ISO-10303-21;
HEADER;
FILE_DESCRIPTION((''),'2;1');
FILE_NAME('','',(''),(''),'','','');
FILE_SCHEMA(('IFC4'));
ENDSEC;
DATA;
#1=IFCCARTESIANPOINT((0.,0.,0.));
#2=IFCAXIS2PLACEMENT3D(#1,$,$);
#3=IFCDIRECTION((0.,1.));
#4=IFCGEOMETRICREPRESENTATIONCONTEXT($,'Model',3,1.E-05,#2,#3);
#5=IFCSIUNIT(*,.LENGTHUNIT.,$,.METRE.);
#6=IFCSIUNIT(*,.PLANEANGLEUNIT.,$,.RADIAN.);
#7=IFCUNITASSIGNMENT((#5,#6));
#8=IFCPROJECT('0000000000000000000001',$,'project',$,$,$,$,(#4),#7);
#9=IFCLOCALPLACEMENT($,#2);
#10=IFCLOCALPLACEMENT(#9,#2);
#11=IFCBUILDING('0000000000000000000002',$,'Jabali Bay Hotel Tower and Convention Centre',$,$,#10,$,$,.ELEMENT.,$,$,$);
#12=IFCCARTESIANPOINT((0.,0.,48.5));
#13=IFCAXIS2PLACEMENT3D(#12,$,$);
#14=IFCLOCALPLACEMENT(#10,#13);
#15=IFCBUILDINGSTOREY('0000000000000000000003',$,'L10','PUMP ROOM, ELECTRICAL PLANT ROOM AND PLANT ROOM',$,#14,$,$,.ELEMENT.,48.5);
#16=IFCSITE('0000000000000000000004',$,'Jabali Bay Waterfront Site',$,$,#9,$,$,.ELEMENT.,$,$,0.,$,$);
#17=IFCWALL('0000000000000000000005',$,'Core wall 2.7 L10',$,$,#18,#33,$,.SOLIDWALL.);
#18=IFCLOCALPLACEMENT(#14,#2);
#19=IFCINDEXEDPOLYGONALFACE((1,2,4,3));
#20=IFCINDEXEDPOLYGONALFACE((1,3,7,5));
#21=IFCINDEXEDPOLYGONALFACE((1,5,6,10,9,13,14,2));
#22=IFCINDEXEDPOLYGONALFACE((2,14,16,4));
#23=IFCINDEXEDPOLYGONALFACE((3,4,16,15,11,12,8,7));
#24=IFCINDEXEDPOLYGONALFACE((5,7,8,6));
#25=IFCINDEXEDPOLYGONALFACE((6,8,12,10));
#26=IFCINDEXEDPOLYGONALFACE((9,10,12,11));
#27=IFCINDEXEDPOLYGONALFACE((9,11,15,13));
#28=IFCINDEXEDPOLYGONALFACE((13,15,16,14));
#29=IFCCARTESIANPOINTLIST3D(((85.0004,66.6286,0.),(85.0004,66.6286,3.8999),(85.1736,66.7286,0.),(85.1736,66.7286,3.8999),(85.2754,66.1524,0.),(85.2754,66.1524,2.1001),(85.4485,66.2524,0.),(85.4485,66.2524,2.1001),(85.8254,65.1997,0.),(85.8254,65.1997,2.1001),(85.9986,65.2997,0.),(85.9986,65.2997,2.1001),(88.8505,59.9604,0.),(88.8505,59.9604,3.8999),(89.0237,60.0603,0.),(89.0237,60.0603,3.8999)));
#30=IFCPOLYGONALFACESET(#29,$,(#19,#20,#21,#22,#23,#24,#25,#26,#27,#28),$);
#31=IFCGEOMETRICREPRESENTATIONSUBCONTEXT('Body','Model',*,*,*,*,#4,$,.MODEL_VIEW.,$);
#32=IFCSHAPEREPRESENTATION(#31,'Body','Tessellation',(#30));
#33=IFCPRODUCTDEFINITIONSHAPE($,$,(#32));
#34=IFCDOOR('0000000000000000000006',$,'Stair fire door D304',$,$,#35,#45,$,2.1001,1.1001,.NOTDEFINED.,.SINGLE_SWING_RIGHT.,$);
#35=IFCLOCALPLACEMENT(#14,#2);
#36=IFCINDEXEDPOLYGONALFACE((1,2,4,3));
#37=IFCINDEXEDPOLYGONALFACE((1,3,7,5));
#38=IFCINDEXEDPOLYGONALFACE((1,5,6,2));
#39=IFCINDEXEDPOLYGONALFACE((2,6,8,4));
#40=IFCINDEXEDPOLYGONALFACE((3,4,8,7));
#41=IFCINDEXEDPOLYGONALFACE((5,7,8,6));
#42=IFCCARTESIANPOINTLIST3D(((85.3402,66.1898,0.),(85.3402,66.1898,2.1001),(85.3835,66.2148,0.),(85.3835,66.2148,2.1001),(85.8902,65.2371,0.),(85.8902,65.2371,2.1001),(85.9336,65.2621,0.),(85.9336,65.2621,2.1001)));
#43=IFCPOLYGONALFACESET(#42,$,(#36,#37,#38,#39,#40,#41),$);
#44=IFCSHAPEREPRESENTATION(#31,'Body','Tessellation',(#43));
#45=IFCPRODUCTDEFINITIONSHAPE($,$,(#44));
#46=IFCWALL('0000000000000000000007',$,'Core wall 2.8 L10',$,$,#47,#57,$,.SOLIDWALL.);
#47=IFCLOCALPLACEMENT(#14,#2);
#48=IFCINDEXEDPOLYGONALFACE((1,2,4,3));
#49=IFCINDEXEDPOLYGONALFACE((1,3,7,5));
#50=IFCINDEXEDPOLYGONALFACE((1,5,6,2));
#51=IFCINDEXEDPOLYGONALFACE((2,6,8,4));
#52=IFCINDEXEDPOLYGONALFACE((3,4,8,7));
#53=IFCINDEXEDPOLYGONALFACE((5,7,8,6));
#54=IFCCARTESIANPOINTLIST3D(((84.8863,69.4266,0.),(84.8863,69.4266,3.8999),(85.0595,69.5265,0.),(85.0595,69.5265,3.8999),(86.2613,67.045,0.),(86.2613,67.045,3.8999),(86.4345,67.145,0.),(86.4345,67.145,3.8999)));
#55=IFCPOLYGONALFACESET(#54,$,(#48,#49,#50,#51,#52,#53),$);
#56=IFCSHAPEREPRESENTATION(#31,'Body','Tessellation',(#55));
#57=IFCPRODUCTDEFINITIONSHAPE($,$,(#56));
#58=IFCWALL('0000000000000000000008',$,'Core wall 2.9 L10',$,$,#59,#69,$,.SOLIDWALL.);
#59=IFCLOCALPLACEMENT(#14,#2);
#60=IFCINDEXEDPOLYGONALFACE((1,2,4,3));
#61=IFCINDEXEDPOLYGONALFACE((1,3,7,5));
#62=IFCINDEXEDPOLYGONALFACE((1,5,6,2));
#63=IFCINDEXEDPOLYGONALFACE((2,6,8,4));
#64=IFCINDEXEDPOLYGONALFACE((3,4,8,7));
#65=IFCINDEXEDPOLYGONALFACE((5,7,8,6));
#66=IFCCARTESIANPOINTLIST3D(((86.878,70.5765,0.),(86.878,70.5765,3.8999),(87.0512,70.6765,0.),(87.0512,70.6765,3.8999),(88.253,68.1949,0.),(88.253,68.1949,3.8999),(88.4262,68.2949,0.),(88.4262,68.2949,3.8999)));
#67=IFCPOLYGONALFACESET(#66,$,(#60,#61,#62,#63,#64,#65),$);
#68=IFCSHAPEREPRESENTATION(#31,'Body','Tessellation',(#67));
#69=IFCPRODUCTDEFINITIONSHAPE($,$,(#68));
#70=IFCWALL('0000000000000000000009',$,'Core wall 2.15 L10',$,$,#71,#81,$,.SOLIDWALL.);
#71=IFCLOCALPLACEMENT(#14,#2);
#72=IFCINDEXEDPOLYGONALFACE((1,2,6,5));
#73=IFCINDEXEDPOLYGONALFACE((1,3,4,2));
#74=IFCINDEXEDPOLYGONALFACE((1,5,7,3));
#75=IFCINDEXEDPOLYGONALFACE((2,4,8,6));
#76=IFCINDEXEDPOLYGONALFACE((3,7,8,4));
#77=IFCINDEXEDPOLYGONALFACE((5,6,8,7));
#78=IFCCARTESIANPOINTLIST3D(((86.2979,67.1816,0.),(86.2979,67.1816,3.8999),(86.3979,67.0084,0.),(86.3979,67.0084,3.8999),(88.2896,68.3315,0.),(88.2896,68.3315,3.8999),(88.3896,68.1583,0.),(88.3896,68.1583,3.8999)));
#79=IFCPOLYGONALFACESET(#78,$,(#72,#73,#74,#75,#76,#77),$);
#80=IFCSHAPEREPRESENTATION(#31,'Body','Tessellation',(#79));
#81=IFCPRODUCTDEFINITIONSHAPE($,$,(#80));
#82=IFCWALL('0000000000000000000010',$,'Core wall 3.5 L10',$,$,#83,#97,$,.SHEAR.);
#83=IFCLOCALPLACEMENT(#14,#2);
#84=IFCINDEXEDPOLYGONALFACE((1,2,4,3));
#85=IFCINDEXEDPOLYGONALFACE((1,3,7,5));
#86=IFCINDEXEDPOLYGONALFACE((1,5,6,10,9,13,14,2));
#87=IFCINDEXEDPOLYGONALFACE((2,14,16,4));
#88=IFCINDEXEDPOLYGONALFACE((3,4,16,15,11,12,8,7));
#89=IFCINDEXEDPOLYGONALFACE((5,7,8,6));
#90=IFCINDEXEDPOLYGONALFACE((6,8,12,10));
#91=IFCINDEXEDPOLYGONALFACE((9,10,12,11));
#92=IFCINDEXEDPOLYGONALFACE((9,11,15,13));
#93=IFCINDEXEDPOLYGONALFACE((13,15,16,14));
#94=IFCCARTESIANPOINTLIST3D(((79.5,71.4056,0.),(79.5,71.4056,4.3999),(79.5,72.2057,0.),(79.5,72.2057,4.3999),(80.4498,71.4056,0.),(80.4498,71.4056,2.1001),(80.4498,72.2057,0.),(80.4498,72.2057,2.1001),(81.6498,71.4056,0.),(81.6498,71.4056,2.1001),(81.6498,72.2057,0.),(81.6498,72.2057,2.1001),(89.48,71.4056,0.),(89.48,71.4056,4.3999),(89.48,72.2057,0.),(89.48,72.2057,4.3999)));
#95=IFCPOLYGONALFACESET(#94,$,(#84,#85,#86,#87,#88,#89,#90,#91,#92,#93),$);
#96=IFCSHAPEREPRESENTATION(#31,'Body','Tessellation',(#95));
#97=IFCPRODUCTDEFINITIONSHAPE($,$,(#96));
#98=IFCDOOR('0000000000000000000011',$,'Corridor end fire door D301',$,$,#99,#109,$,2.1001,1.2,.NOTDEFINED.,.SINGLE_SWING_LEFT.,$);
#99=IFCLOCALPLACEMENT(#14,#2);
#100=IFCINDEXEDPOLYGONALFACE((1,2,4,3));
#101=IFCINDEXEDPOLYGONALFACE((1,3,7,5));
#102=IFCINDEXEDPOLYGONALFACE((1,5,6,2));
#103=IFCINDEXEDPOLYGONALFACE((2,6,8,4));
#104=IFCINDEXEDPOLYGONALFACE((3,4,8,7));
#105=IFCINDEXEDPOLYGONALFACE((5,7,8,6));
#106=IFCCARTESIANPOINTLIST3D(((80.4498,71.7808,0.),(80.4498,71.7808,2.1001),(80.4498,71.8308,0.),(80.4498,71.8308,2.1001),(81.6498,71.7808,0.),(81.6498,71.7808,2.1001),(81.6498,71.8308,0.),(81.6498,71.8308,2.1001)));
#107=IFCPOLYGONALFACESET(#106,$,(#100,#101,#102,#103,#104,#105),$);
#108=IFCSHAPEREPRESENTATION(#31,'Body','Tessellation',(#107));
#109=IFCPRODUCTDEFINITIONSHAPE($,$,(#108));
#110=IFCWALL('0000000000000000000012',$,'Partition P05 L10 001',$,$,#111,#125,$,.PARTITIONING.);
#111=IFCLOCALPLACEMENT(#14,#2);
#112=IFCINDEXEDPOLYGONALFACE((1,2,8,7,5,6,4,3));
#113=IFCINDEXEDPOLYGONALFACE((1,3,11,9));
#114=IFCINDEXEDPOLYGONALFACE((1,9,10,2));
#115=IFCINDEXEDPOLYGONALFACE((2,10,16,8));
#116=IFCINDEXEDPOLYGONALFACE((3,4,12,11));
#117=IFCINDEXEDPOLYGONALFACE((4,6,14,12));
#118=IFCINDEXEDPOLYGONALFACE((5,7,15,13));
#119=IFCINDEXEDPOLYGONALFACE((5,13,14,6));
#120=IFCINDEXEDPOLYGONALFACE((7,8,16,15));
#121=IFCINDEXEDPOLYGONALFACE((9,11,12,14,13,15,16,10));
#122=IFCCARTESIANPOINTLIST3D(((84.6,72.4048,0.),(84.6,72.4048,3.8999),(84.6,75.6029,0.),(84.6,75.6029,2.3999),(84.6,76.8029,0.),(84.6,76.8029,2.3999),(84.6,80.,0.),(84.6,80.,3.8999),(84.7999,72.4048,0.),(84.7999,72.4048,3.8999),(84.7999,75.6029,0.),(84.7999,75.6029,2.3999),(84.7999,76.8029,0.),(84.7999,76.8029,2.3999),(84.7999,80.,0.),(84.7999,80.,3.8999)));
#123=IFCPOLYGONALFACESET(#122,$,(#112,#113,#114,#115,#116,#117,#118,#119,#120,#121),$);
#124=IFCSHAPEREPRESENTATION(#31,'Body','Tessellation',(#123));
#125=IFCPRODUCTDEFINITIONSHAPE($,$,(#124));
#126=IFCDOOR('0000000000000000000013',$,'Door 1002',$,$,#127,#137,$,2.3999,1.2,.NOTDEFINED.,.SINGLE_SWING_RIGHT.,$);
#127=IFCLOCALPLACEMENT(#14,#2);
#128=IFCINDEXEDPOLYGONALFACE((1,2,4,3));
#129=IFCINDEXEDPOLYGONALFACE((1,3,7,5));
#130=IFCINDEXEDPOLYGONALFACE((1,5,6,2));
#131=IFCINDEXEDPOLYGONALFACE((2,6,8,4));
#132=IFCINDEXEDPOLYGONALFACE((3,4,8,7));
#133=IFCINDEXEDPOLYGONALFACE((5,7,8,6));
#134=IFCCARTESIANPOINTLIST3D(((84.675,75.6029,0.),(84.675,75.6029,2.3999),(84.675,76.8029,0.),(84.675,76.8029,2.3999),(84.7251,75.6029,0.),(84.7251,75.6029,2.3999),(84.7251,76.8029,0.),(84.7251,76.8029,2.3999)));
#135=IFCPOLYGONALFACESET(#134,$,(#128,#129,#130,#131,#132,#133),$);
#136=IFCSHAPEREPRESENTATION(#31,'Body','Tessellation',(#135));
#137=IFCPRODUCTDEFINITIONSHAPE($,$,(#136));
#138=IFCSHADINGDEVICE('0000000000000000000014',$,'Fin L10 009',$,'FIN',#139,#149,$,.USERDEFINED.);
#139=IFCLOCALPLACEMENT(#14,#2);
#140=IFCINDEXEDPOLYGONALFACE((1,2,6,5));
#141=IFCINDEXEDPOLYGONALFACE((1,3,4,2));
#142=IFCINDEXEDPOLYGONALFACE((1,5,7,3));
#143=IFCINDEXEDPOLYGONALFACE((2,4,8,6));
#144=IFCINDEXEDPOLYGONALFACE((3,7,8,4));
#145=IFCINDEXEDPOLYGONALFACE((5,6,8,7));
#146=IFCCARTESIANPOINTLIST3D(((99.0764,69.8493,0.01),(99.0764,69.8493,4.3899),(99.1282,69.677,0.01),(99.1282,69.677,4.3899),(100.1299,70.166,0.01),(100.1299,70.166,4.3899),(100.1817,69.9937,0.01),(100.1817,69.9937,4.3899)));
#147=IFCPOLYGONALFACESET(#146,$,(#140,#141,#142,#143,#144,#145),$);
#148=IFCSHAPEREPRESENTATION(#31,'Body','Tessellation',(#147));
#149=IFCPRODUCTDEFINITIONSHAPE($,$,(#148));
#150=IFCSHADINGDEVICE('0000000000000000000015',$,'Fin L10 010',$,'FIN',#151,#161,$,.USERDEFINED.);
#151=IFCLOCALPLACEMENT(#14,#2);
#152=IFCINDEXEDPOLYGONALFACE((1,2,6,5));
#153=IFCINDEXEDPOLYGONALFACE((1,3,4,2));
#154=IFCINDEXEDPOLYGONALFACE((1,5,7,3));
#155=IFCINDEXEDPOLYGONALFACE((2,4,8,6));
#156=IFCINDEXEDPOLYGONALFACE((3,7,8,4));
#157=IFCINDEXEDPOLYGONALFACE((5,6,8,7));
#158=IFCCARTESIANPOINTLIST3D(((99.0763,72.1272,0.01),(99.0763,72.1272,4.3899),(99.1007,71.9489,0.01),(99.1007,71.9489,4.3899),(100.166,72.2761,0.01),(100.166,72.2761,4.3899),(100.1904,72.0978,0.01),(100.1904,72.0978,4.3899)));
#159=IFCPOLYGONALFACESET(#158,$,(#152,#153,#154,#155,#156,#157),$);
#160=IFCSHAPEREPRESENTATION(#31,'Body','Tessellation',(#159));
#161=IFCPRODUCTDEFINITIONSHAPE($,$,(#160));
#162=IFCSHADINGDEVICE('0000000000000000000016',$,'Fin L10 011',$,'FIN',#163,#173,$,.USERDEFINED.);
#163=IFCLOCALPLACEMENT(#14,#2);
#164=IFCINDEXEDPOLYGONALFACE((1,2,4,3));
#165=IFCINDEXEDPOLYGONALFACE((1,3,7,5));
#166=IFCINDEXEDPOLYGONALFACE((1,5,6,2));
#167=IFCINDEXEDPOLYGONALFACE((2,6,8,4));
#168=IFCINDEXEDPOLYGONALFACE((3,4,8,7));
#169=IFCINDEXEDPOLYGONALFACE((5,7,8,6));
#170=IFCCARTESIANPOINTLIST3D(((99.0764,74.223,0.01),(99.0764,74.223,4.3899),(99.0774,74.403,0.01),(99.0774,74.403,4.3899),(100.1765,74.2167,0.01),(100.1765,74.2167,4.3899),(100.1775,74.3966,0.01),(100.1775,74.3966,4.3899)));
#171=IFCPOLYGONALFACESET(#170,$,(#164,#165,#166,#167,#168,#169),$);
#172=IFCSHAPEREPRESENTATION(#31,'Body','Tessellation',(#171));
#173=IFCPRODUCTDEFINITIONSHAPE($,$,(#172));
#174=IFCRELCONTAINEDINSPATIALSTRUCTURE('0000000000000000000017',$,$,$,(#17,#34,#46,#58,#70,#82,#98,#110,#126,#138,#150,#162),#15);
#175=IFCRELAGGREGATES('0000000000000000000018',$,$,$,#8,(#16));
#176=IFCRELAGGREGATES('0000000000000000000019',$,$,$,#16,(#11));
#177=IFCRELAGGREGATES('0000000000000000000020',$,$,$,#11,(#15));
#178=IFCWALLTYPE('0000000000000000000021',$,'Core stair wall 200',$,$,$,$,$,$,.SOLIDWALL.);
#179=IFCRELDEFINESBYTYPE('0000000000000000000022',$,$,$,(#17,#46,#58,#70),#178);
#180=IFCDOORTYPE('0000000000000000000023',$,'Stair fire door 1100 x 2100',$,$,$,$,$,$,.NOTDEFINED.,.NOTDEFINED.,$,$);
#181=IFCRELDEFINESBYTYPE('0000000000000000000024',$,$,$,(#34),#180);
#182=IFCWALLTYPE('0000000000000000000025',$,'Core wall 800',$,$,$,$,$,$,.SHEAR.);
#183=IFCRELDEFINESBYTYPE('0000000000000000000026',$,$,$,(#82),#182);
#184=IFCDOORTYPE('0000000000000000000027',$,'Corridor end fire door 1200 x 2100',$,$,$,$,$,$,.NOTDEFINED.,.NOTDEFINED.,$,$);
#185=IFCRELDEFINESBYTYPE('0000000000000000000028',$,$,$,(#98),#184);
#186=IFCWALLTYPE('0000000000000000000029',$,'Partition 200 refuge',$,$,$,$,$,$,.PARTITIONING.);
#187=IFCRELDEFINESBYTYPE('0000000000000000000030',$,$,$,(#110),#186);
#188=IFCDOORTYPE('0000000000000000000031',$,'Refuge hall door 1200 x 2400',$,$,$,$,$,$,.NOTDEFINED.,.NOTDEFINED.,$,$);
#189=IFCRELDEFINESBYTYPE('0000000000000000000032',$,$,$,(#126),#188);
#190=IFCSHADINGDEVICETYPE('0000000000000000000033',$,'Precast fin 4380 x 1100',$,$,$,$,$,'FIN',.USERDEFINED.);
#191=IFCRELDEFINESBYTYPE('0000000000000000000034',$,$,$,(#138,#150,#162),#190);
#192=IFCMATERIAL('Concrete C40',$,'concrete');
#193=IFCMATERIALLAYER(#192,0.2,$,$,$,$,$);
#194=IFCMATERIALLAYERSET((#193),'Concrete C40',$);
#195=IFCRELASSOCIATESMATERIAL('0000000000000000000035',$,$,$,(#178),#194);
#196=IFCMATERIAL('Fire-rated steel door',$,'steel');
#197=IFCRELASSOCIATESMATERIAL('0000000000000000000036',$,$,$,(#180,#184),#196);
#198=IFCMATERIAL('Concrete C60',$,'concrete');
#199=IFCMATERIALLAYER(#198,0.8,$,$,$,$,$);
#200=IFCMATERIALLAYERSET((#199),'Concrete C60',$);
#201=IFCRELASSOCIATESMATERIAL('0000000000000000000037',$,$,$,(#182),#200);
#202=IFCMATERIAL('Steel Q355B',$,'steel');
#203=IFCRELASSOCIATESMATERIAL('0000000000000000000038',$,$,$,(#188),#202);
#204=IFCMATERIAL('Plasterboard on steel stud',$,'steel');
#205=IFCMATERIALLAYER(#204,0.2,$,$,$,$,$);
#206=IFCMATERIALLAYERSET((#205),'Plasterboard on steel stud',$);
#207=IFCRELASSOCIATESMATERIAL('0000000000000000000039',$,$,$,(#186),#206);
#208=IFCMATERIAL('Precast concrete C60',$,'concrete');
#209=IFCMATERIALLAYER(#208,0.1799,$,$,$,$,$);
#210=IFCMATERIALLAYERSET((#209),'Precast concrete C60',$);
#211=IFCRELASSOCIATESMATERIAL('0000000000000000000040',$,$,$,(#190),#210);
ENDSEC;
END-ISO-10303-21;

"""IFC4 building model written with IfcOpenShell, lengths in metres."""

from ifc_helpers import new_model, si_unit, direction, frame, frame_2d, origin, place, context, subcontext, project, spatial, rectangle, extrude, material, layer, layer_set, type_object, element, fill, save


model = new_model("IFC4")

# Units and contexts
model_context = context("Model", 3, precision=1e-05, world=origin(), true_north=direction((0.0, 1.0)))
body_context = subcontext(model_context, "Body", "Model", "MODEL_VIEW")
ifc_project = project(units=[si_unit("LENGTHUNIT", "METRE"), si_unit("PLANEANGLEUNIT", "RADIAN")], contexts=[model_context])

# Site, building, storey
site_placement = place(None, origin())
site = spatial("IfcSite", under=ifc_project, at=site_placement, Name="Jabali Bay Waterfront Site", CompositionType="ELEMENT", RefElevation=0.0)
building_placement = place(site_placement, origin())
building = spatial("IfcBuilding", under=site, at=building_placement, Name="Jabali Bay Hotel Tower and Convention Centre", CompositionType="ELEMENT")
storey_placement = place(building_placement, frame((0.0, 0.0, 48.5)))
storey = spatial("IfcBuildingStorey", under=building, at=storey_placement, Name="L10", Description="PUMP ROOM, ELECTRICAL PLANT ROOM AND PLANT ROOM", CompositionType="ELEMENT", Elevation=48.5)

# Shared definitions
ifc_material_1 = material(Name="Concrete C60", Category="concrete")

# Shared definitions
ifc_material_2 = material(Name="Concrete C40", Category="concrete")
ifc_material_3 = material(Name="Fire-rated steel door", Category="steel")

# Shared definitions
ifc_layer_1 = layer(ifc_material_2, 0.2)
ifc_layer_set_1 = layer_set([ifc_layer_1], Name="Concrete C40")
wall_type_1 = type_object("IfcWallType", Name="Core stair wall 200", PredefinedType="SOLIDWALL", material=ifc_layer_set_1)

# Wall, opening, door
wall_1_placement = place(storey_placement, frame((85.0869, 66.6787, 0.0), z_axis=(0.0, 0.0, 1.0), x_axis=(0.50002, -0.866014, 0.0)))
wall_1 = element("IfcWall", 1, at=wall_1_placement, inside=storey, type_object=wall_type_1, Name="Core wall 2.7 L10", PredefinedType="SOLIDWALL", context=body_context, shape_type="SweptSolid", body=[
    extrude(rectangle(XDim=7.7, YDim=0.2, at=frame_2d((3.8501, 0.0))), origin(), (0.0, 0.0, 1.0), 3.8999),
])
opening_1_placement = place(wall_1_placement, frame((0.55, 0.0, 0.0)))
opening_1 = element("IfcOpeningElement", 2, at=opening_1_placement, cuts=wall_1, PredefinedType="OPENING", context=body_context, shape_type="SweptSolid", body=[
    extrude(rectangle(XDim=1.1001, YDim=2.1001, at=frame_2d((0.55, 1.05))), frame((0.0, 0.1104, 0.0), z_axis=(0.0, -1.0, 0.0), x_axis=(1.0, 0.0, 0.0)), (0.0, 0.0, 1.0), 0.2209),
])
door_type_1 = type_object("IfcDoorType", Name="Stair fire door 1100 x 2100", OperationType="NOTDEFINED", PredefinedType="NOTDEFINED", material=ifc_material_3)
door_1_placement = place(opening_1_placement, origin())
door_1 = element("IfcDoor", 3, at=door_1_placement, inside=storey, type_object=door_type_1, Name="Stair fire door D304", OperationType="SINGLE_SWING_RIGHT", OverallHeight=2.1001, OverallWidth=1.1001, PredefinedType="NOTDEFINED", context=body_context, shape_type="SweptSolid", body=[
    extrude(rectangle(XDim=1.1001, YDim=2.1001, at=frame_2d((0.55, 1.05))), frame((0.0, 0.0249, 0.0), z_axis=(0.0, -1.0, 0.0), x_axis=(1.0, 0.0, 0.0)), (0.0, 0.0, 1.0), 0.05),
])
fill(opening_1, door_1)

# Walls
for number, where, z_axis, x_axis, name in (
    (4, (84.9729, 69.4766, 0.0), (0.0, 0.0, 1.0), (0.499997, -0.866027, 0.0), "Core wall 2.8 L10"),
    (5, (86.9646, 70.6265, 0.0), (0.0, 0.0, 1.0), (0.499997, -0.866027, 0.0), "Core wall 2.9 L10"),
):
    element("IfcWall", number, at=place(storey_placement, frame(where, z_axis=z_axis, x_axis=x_axis)), inside=storey, type_object=wall_type_1, Name=name, PredefinedType="SOLIDWALL", context=body_context, shape_type="SweptSolid", body=[
        extrude(rectangle(XDim=2.75, YDim=0.2, at=frame_2d((1.375, 0.0))), origin(), (0.0, 0.0, 1.0), 3.8999),
    ])
wall_2_placement = place(storey_placement, frame((86.3479, 67.095, 0.0), z_axis=(0.0, 0.0, 1.0), x_axis=(0.866026, 0.499998, 0.0)))
element("IfcWall", 6, at=wall_2_placement, inside=storey, type_object=wall_type_1, Name="Core wall 2.15 L10", PredefinedType="SOLIDWALL", context=body_context, shape_type="SweptSolid", body=[
    extrude(rectangle(XDim=2.2998, YDim=0.2, at=frame_2d((1.1499, 0.0))), origin(), (0.0, 0.0, 1.0), 3.8999),
])

# Wall, opening, door
ifc_layer_2 = layer(ifc_material_1, 0.8)
ifc_layer_set_2 = layer_set([ifc_layer_2], Name="Concrete C60")
wall_type_2 = type_object("IfcWallType", Name="Core wall 800", PredefinedType="SHEAR", material=ifc_layer_set_2)
wall_3_placement = place(storey_placement, frame((89.48, 71.8057, 0.0), z_axis=(0.0, 0.0, 1.0), x_axis=(-1.0, 0.0, 0.0)))
wall_3 = element("IfcWall", 7, at=wall_3_placement, inside=storey, type_object=wall_type_2, Name="Core wall 3.5 L10", PredefinedType="SHEAR", context=body_context, shape_type="SweptSolid", body=[
    extrude(rectangle(XDim=9.98, YDim=0.8, at=frame_2d((4.99, 0.0))), origin(), (0.0, 0.0, 1.0), 4.3999),
])
opening_2_placement = place(wall_3_placement, frame((7.8301, 0.0, 0.0)))
opening_2 = element("IfcOpeningElement", 8, at=opening_2_placement, cuts=wall_3, PredefinedType="OPENING", context=body_context, shape_type="SweptSolid", body=[
    extrude(rectangle(XDim=1.2, YDim=2.1001, at=frame_2d((0.6001, 1.05))), frame((0.0, 0.4106, 0.0), z_axis=(0.0, -1.0, 0.0), x_axis=(1.0, 0.0, 0.0)), (0.0, 0.0, 1.0), 0.821),
])
door_type_2 = type_object("IfcDoorType", Name="Corridor end fire door 1200 x 2100", OperationType="NOTDEFINED", PredefinedType="NOTDEFINED", material=ifc_material_3)
door_2_placement = place(opening_2_placement, origin())
door_2 = element("IfcDoor", 9, at=door_2_placement, inside=storey, type_object=door_type_2, Name="Corridor end fire door D301", OperationType="SINGLE_SWING_LEFT", OverallHeight=2.1001, OverallWidth=1.2, PredefinedType="NOTDEFINED", context=body_context, shape_type="SweptSolid", body=[
    extrude(rectangle(XDim=1.2, YDim=2.1001, at=frame_2d((0.6001, 1.05))), frame((0.0, 0.0249, 0.0), z_axis=(0.0, -1.0, 0.0), x_axis=(1.0, 0.0, 0.0)), (0.0, 0.0, 1.0), 0.05),
])
fill(opening_2, door_2)

# Shared definitions
ifc_material_4 = material(Name="Steel Q355B", Category="steel")
door_type_3 = type_object("IfcDoorType", Name="Refuge hall door 1200 x 2400", OperationType="NOTDEFINED", PredefinedType="NOTDEFINED", material=ifc_material_4)

# Wall, opening, door
ifc_material_5 = material(Name="Plasterboard on steel stud", Category="steel")
ifc_layer_3 = layer(ifc_material_5, 0.2)
ifc_layer_set_3 = layer_set([ifc_layer_3], Name="Plasterboard on steel stud")
wall_type_3 = type_object("IfcWallType", Name="Partition 200 refuge", PredefinedType="PARTITIONING", material=ifc_layer_set_3)
wall_4_placement = place(storey_placement, frame((84.7, 72.4048, 0.0), z_axis=(0.0, 0.0, 1.0), x_axis=(0.0, 1.0, 0.0)))
wall_4 = element("IfcWall", 10, at=wall_4_placement, inside=storey, type_object=wall_type_3, Name="Partition P05 L10 001", PredefinedType="PARTITIONING", context=body_context, shape_type="SweptSolid", body=[
    extrude(rectangle(XDim=7.5952, YDim=0.2, at=frame_2d((3.7976, 0.0))), origin(), (0.0, 0.0, 1.0), 3.8999),
])
opening_3_placement = place(wall_4_placement, frame((3.198, 0.0, 0.0)))
opening_3 = element("IfcOpeningElement", 11, at=opening_3_placement, cuts=wall_4, PredefinedType="OPENING", context=body_context, shape_type="SweptSolid", body=[
    extrude(rectangle(XDim=1.2, YDim=2.3999, at=frame_2d((0.6001, 1.2))), frame((0.0, 0.1104, 0.0), z_axis=(0.0, -1.0, 0.0), x_axis=(1.0, 0.0, 0.0)), (0.0, 0.0, 1.0), 0.2209),
])
door_3_placement = place(opening_3_placement, origin())
door_3 = element("IfcDoor", 12, at=door_3_placement, inside=storey, type_object=door_type_3, Name="Door 1002", OperationType="SINGLE_SWING_RIGHT", OverallHeight=2.3999, OverallWidth=1.2, PredefinedType="NOTDEFINED", context=body_context, shape_type="SweptSolid", body=[
    extrude(rectangle(XDim=1.2, YDim=2.3999, at=frame_2d((0.6001, 1.2))), frame((0.0, 0.0249, 0.0), z_axis=(0.0, -1.0, 0.0), x_axis=(1.0, 0.0, 0.0)), (0.0, 0.0, 1.0), 0.05),
])
fill(opening_3, door_3)

# Shading devices
ifc_material_6 = material(Name="Precast concrete C60", Category="concrete")
ifc_layer_4 = layer(ifc_material_6, 0.1799)
ifc_layer_set_4 = layer_set([ifc_layer_4], Name="Precast concrete C60")
shading_device_type_1 = type_object("IfcShadingDeviceType", Name="Precast fin 4380 x 1100", ElementType="FIN", PredefinedType="USERDEFINED", material=ifc_layer_set_4)
shading_device_1_placement = place(storey_placement, frame((99.1023, 69.7632, 0.01), z_axis=(0.0, 0.0, 1.0), x_axis=(0.957673, 0.287857, 0.0)))
element("IfcShadingDevice", 13, at=shading_device_1_placement, inside=storey, type_object=shading_device_type_1, Name="Fin L10 009", ObjectType="FIN", PredefinedType="USERDEFINED", context=body_context, shape_type="SweptSolid", body=[
    extrude(rectangle(XDim=1.1001, YDim=0.1799, at=frame_2d((0.55, 0.0))), origin(), (0.0, 0.0, 1.0), 4.3799),
])
shading_device_2_placement = place(storey_placement, frame((99.0886, 72.0381, 0.01), z_axis=(0.0, 0.0, 1.0), x_axis=(0.990792, 0.135391, 0.0)))
element("IfcShadingDevice", 14, at=shading_device_2_placement, inside=storey, type_object=shading_device_type_1, Name="Fin L10 010", ObjectType="FIN", PredefinedType="USERDEFINED", context=body_context, shape_type="SweptSolid", body=[
    extrude(rectangle(XDim=1.0999, YDim=0.1799, at=frame_2d((0.5498, 0.0))), origin(), (0.0, 0.0, 1.0), 4.3799),
])
shading_device_3_placement = place(storey_placement, frame((99.0769, 74.313, 0.01), z_axis=(0.0, 0.0, 1.0), x_axis=(0.999983, -0.00577, 0.0)))
element("IfcShadingDevice", 15, at=shading_device_3_placement, inside=storey, type_object=shading_device_type_1, Name="Fin L10 011", ObjectType="FIN", PredefinedType="USERDEFINED", context=body_context, shape_type="SweptSolid", body=[
    extrude(rectangle(XDim=1.1001, YDim=0.1799, at=frame_2d((0.55, 0.0))), origin(), (0.0, 0.0, 1.0), 4.3799),
])

save(model, "model.ifc")
